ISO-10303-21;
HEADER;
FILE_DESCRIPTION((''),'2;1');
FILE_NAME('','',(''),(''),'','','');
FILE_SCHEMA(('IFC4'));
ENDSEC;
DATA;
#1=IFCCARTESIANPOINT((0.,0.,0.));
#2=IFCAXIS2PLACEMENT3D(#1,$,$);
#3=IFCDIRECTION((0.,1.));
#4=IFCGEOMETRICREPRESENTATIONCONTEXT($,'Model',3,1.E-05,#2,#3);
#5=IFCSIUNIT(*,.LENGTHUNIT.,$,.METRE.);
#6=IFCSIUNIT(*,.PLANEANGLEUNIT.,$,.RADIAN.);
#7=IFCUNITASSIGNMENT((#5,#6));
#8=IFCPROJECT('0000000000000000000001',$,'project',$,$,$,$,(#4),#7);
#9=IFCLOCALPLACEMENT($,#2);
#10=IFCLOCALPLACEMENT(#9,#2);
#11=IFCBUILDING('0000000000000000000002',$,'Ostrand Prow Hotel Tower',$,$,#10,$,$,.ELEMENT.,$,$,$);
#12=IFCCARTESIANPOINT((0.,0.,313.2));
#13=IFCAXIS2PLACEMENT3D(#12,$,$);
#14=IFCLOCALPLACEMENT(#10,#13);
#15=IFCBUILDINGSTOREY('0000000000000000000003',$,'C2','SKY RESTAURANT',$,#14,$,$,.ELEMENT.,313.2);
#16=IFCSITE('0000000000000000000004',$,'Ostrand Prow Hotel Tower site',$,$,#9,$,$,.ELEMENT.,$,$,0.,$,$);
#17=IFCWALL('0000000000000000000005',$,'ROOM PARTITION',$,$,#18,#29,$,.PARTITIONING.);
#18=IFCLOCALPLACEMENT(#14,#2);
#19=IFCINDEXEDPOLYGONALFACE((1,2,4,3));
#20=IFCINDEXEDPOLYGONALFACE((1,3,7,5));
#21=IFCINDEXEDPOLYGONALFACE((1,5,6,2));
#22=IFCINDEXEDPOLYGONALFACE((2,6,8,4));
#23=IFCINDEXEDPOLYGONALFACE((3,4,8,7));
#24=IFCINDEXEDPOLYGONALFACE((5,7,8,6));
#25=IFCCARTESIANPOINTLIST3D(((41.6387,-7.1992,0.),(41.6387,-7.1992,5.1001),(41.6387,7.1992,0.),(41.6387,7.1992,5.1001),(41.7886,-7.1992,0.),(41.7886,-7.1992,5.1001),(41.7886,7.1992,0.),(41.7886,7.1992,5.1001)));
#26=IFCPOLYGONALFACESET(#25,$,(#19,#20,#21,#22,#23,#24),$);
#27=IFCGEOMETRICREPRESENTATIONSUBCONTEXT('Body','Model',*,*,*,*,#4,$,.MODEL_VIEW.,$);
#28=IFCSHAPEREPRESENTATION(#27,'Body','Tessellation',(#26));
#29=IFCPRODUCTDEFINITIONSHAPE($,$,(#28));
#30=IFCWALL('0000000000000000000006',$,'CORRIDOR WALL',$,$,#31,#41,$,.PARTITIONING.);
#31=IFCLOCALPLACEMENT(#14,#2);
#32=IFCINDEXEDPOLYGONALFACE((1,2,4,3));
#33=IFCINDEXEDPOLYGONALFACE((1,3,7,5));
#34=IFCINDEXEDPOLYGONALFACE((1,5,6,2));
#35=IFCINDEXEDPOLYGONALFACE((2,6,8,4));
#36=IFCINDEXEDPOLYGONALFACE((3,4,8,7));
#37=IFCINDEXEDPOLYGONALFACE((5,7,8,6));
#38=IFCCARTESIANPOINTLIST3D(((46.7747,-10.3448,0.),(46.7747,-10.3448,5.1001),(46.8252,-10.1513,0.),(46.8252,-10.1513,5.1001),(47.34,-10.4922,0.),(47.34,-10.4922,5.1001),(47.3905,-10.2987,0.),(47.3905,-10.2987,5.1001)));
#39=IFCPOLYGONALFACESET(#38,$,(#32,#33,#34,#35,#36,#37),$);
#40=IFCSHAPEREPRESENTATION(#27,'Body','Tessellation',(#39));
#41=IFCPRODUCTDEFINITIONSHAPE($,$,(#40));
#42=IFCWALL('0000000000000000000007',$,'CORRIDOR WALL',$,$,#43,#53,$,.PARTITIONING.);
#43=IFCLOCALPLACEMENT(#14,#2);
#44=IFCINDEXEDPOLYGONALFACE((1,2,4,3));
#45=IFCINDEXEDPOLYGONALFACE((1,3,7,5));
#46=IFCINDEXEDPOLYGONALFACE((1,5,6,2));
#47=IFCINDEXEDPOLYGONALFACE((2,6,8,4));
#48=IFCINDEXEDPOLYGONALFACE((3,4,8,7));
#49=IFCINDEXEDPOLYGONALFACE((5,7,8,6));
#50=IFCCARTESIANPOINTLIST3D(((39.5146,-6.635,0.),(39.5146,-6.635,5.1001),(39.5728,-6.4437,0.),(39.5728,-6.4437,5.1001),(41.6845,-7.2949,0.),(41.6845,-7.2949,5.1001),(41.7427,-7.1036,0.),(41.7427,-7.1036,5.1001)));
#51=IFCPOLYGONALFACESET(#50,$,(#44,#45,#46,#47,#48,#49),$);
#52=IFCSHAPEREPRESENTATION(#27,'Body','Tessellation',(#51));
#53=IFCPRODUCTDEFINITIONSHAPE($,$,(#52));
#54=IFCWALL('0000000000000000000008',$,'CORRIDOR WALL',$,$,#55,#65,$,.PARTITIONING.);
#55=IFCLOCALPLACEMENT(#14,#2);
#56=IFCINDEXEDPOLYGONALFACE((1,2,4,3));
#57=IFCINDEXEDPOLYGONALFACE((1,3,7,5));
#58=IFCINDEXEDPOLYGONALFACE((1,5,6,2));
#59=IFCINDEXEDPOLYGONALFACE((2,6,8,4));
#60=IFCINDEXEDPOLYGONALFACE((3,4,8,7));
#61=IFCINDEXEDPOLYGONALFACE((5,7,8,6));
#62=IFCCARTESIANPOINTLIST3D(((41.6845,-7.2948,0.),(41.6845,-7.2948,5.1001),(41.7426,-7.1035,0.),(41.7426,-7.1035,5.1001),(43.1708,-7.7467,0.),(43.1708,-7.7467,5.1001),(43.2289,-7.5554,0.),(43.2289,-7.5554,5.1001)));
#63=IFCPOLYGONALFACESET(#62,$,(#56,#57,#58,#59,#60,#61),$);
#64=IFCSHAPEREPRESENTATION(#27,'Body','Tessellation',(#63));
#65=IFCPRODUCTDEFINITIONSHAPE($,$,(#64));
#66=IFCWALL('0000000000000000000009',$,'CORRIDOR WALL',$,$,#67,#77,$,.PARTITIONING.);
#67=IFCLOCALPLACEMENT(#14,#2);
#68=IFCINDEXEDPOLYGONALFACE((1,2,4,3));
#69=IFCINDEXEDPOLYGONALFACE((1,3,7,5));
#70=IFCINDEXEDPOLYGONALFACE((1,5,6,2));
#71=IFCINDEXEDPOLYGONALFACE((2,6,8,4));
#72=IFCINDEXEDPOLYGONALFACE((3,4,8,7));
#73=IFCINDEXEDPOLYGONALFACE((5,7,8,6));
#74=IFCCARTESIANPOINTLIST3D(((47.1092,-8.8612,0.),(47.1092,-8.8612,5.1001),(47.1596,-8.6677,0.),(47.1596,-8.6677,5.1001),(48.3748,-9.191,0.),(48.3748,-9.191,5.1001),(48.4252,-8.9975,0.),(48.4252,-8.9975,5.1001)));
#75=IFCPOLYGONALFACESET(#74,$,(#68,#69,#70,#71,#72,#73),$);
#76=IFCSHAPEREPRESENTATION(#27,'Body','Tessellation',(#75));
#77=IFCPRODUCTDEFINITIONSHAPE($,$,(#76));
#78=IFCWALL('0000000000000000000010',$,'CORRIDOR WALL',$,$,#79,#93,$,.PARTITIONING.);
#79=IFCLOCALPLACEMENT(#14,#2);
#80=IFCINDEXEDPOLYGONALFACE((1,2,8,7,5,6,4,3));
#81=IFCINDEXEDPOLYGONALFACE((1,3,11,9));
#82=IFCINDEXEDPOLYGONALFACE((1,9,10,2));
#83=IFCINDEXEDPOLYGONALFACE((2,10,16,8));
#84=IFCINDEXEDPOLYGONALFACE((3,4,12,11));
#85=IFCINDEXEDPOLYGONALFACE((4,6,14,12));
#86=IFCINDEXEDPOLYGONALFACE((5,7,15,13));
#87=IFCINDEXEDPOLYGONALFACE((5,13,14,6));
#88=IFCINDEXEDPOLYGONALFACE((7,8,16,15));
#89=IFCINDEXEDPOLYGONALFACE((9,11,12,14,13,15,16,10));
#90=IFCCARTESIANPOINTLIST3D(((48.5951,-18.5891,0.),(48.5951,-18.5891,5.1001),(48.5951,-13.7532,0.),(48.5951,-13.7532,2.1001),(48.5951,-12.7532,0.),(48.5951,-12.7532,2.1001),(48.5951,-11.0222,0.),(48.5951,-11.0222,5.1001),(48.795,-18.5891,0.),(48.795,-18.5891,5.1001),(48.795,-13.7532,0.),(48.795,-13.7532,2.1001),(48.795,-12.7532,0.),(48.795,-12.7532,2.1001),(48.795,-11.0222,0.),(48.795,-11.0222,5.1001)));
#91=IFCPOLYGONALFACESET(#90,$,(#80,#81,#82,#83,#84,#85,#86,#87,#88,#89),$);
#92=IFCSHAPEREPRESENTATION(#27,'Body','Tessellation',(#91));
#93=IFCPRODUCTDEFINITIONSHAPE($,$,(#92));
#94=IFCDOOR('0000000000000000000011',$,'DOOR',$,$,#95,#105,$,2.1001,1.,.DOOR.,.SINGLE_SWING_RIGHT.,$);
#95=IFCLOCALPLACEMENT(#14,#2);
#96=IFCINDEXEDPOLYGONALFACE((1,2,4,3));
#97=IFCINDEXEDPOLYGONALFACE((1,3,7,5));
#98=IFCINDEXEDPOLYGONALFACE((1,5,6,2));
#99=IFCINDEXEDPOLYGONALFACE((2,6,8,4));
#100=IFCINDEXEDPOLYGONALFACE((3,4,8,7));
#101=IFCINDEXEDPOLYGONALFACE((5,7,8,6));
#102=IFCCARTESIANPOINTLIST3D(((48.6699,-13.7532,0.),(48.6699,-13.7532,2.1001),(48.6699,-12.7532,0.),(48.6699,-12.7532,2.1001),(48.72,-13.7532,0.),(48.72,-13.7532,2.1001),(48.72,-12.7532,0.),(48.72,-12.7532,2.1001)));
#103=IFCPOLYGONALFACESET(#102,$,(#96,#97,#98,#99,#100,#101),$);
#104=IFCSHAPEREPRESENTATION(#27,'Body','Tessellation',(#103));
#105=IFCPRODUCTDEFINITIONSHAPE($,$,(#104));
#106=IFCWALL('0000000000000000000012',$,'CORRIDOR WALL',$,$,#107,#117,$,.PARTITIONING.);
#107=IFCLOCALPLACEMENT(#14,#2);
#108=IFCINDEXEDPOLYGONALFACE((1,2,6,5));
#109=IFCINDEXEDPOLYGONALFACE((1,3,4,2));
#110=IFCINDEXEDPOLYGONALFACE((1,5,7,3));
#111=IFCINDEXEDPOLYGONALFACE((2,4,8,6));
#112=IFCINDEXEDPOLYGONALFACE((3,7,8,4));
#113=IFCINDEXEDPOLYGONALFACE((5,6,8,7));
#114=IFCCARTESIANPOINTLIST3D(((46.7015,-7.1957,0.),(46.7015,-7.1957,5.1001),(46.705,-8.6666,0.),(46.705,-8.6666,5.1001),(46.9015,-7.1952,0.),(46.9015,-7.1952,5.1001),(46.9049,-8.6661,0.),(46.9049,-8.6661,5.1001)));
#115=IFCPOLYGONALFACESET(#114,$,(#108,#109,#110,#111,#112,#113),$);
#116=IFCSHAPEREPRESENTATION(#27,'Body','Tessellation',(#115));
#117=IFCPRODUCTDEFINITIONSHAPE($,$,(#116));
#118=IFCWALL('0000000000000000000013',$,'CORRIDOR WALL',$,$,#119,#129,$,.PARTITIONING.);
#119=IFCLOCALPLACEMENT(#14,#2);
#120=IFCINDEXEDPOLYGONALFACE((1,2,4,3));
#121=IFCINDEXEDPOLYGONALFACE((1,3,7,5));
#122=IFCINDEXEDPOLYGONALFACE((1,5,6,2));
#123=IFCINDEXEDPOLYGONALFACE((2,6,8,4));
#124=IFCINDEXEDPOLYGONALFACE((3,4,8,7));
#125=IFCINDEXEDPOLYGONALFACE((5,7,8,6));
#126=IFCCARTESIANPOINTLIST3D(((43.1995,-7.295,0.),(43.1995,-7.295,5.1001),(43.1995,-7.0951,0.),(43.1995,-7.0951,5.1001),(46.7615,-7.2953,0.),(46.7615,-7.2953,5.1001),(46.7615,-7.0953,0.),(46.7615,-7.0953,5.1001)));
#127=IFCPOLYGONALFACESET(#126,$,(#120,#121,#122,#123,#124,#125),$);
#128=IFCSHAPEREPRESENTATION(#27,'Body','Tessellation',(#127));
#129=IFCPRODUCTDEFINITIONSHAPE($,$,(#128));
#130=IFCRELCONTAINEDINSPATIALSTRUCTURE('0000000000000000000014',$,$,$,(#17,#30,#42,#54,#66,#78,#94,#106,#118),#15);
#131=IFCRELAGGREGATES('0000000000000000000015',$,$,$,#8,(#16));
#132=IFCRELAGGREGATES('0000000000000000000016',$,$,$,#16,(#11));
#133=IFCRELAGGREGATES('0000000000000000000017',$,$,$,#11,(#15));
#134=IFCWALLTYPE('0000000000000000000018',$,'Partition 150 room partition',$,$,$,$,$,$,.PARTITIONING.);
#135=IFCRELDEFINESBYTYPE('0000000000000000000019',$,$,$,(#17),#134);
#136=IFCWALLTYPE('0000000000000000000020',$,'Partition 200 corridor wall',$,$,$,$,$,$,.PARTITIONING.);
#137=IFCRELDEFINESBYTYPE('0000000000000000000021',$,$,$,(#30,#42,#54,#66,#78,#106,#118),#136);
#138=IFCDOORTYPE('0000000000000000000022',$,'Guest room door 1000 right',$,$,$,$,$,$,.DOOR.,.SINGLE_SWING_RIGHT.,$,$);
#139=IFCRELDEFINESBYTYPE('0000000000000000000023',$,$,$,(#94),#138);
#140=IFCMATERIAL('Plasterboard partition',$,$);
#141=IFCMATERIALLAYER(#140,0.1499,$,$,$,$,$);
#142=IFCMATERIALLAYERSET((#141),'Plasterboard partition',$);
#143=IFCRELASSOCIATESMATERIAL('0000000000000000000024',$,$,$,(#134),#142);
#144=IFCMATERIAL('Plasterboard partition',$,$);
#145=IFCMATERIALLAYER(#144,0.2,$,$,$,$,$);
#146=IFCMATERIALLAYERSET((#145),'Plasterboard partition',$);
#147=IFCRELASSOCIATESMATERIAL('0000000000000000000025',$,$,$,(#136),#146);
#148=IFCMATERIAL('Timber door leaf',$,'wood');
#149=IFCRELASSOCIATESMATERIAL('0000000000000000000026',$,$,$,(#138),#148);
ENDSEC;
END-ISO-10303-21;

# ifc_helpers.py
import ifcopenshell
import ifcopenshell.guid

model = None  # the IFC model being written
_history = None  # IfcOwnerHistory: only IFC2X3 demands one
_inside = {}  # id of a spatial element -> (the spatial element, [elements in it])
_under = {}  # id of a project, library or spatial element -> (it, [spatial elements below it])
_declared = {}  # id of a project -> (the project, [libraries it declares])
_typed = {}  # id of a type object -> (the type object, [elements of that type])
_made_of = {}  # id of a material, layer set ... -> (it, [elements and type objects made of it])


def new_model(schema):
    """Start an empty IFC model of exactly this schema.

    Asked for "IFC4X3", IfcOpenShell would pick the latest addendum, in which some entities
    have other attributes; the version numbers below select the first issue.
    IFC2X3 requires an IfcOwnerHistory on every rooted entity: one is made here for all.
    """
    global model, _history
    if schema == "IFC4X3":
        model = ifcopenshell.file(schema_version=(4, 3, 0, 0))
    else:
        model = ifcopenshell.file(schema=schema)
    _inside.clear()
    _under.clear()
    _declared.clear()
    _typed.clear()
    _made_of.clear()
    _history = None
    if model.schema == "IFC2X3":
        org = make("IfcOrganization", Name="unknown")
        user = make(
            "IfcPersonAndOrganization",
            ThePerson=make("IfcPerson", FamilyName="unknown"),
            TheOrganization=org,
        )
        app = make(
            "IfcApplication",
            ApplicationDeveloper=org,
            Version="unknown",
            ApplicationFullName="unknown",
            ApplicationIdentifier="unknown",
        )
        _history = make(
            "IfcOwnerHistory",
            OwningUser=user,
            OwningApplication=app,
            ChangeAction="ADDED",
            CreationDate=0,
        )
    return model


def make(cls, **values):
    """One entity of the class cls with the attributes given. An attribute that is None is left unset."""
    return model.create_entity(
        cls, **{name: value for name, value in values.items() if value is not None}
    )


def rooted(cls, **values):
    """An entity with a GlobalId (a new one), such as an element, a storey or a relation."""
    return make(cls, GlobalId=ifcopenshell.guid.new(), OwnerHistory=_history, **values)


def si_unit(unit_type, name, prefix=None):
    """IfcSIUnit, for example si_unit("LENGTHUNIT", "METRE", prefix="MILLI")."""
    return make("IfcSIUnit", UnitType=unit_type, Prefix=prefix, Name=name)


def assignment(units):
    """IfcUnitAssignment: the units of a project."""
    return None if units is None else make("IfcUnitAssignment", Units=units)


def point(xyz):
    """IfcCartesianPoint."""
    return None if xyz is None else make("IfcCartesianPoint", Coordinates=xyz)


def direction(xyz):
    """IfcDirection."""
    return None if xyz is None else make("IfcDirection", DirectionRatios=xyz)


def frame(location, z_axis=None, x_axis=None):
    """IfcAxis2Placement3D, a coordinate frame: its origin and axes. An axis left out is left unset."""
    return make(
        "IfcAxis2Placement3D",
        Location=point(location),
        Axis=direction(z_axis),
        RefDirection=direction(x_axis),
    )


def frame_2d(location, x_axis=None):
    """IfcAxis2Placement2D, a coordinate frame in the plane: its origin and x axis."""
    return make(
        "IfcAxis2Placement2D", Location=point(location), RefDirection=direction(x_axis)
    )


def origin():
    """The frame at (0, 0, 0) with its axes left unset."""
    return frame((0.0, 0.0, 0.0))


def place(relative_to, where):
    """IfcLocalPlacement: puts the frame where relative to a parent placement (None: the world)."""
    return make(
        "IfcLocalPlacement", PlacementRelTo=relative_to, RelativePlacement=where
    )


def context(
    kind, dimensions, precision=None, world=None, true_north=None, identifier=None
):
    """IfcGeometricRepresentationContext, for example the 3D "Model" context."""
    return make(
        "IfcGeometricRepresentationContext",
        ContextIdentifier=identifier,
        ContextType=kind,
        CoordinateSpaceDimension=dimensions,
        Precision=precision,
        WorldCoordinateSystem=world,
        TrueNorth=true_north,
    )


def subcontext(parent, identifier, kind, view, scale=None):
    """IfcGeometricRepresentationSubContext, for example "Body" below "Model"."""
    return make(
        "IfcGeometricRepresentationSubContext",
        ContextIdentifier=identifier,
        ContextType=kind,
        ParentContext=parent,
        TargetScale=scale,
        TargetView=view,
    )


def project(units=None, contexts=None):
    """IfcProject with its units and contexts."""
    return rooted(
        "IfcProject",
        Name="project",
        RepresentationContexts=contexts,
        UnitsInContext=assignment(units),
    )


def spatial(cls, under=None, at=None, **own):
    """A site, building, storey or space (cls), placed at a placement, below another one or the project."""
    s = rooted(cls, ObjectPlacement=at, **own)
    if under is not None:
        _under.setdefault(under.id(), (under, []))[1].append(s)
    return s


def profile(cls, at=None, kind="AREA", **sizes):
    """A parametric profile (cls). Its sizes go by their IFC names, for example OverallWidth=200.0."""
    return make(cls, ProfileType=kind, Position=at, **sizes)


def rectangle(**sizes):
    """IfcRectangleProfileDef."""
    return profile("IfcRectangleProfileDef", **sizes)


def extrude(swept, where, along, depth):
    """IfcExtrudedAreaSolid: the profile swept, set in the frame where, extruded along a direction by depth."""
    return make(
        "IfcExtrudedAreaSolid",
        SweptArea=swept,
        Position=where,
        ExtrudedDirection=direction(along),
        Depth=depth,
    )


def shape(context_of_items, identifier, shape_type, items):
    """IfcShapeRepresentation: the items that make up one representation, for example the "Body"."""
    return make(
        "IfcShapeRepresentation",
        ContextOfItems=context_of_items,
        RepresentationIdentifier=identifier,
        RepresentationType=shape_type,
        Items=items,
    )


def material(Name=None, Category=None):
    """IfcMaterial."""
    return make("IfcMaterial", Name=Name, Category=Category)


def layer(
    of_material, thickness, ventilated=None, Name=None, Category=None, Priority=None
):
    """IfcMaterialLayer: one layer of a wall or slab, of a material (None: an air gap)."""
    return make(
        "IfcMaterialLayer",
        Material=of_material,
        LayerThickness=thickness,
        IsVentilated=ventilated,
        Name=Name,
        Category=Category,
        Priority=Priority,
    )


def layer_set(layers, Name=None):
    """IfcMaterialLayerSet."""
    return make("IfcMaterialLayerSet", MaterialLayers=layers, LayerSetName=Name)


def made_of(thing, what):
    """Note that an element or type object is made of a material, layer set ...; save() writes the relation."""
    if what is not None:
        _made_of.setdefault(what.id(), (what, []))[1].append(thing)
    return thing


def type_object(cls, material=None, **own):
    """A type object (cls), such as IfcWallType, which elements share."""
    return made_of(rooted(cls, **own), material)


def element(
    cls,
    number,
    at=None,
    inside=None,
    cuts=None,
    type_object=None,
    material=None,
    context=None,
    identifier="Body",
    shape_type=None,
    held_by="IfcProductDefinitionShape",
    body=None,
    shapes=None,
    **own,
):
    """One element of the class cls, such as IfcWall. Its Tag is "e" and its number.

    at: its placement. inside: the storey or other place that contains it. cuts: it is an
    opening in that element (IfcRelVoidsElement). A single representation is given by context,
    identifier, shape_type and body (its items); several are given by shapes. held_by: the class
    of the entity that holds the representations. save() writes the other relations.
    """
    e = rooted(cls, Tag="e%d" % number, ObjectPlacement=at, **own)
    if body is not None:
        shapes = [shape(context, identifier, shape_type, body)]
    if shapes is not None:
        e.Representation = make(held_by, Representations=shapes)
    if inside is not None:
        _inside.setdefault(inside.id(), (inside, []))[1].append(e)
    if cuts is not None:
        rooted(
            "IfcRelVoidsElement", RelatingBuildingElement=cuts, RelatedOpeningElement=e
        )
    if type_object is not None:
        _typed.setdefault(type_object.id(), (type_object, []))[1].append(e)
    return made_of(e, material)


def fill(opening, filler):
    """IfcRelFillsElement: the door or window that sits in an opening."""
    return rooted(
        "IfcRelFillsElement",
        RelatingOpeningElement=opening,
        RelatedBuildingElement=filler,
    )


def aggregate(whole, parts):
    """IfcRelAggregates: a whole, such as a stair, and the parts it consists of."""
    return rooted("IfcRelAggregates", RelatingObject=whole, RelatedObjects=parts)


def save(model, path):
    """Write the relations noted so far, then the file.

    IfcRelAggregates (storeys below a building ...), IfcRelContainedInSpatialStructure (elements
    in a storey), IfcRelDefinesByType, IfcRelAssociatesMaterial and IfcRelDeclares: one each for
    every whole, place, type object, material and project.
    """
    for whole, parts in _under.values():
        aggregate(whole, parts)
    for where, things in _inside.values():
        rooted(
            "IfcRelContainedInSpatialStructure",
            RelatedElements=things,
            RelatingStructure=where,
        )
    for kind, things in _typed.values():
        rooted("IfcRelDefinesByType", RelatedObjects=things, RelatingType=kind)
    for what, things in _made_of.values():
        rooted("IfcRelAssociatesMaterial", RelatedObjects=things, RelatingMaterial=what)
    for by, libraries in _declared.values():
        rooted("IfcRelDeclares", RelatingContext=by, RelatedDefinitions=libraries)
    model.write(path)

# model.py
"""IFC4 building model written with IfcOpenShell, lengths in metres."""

from ifc_helpers import new_model, si_unit, direction, frame, frame_2d, origin, place, context, subcontext, project, spatial, rectangle, extrude, material, layer, layer_set, type_object, element, fill, save


model = new_model("IFC4")

# Units and contexts
model_context = context("Model", 3, precision=1e-05, world=origin(), true_north=direction((0.0, 1.0)))
body_context = subcontext(model_context, "Body", "Model", "MODEL_VIEW")
ifc_project = project(units=[si_unit("LENGTHUNIT", "METRE"), si_unit("PLANEANGLEUNIT", "RADIAN")], contexts=[model_context])

# Site, building, storey
site_placement = place(None, origin())
site = spatial("IfcSite", under=ifc_project, at=site_placement, Name="Ostrand Prow Hotel Tower site", CompositionType="ELEMENT", RefElevation=0.0)
building_placement = place(site_placement, origin())
building = spatial("IfcBuilding", under=site, at=building_placement, Name="Ostrand Prow Hotel Tower", CompositionType="ELEMENT")
storey_placement = place(building_placement, frame((0.0, 0.0, 313.2)))
storey = spatial("IfcBuildingStorey", under=building, at=storey_placement, Name="C2", Description="SKY RESTAURANT", CompositionType="ELEMENT", Elevation=313.2)

# Walls
ifc_material_1 = material(Name="Plasterboard partition")
ifc_layer_1 = layer(ifc_material_1, 0.1499)
ifc_layer_set_1 = layer_set([ifc_layer_1], Name="Plasterboard partition")
wall_type_1 = type_object("IfcWallType", Name="Partition 150 room partition", PredefinedType="PARTITIONING", material=ifc_layer_set_1)
wall_1_placement = place(storey_placement, frame((41.7136, -7.1992, 0.0), z_axis=(0.0, 0.0, 1.0), x_axis=(0.0, 1.0, 0.0)))
element("IfcWall", 1, at=wall_1_placement, inside=storey, type_object=wall_type_1, Name="ROOM PARTITION", PredefinedType="PARTITIONING", context=body_context, shape_type="SweptSolid", body=[
    extrude(rectangle(XDim=14.3984, YDim=0.1499, at=frame_2d((7.1992, 0.0))), origin(), (0.0, 0.0, 1.0), 5.1001),
])
ifc_material_2 = material(Name="Plasterboard partition")
ifc_layer_2 = layer(ifc_material_2, 0.2)
ifc_layer_set_2 = layer_set([ifc_layer_2], Name="Plasterboard partition")
wall_type_2 = type_object("IfcWallType", Name="Partition 200 corridor wall", PredefinedType="PARTITIONING", material=ifc_layer_set_2)
wall_2_placement = place(storey_placement, frame((46.8, -10.248, 0.0), z_axis=(0.0, 0.0, 1.0), x_axis=(0.967635, -0.252354, 0.0)))
element("IfcWall", 2, at=wall_2_placement, inside=storey, type_object=wall_type_2, Name="CORRIDOR WALL", PredefinedType="PARTITIONING", context=body_context, shape_type="SweptSolid", body=[
    extrude(rectangle(XDim=0.5842, YDim=0.2, at=frame_2d((0.292, 0.0))), origin(), (0.0, 0.0, 1.0), 5.1001),
])
wall_3_placement = place(storey_placement, frame((41.7136, -7.1992, 0.0), z_axis=(0.0, 0.0, 1.0), x_axis=(-0.956735, 0.29096, 0.0)))
element("IfcWall", 3, at=wall_3_placement, inside=storey, type_object=wall_type_2, Name="CORRIDOR WALL", PredefinedType="PARTITIONING", context=body_context, shape_type="SweptSolid", body=[
    extrude(rectangle(XDim=2.2681, YDim=0.2, at=frame_2d((1.134, 0.0))), origin(), (0.0, 0.0, 1.0), 5.1001),
])
wall_4_placement = place(storey_placement, frame((43.2, -7.6511, 0.0), z_axis=(0.0, 0.0, 1.0), x_axis=(-0.956756, 0.290893, 0.0)))
element("IfcWall", 4, at=wall_4_placement, inside=storey, type_object=wall_type_2, Name="CORRIDOR WALL", PredefinedType="PARTITIONING", context=body_context, shape_type="SweptSolid", body=[
    extrude(rectangle(XDim=1.5535, YDim=0.2, at=frame_2d((0.7769, 0.0))), origin(), (0.0, 0.0, 1.0), 5.1001),
])
wall_5_placement = place(storey_placement, frame((48.3999, -9.0942, 0.0), z_axis=(0.0, 0.0, 1.0), x_axis=(-0.967679, 0.252186, 0.0)))
element("IfcWall", 5, at=wall_5_placement, inside=storey, type_object=wall_type_2, Name="CORRIDOR WALL", PredefinedType="PARTITIONING", context=body_context, shape_type="SweptSolid", body=[
    extrude(rectangle(XDim=1.3079, YDim=0.2, at=frame_2d((0.6538, 0.0))), origin(), (0.0, 0.0, 1.0), 5.1001),
])

# Wall, opening, door
wall_6_placement = place(storey_placement, frame((48.6951, -11.0222, 0.0), z_axis=(0.0, 0.0, 1.0), x_axis=(0.0, -1.0, 0.0)))
wall_6 = element("IfcWall", 6, at=wall_6_placement, inside=storey, type_object=wall_type_2, Name="CORRIDOR WALL", PredefinedType="PARTITIONING", context=body_context, shape_type="SweptSolid", body=[
    extrude(rectangle(XDim=7.5669, YDim=0.2, at=frame_2d((3.7834, 0.0))), origin(), (0.0, 0.0, 1.0), 5.1001),
])
opening_1_placement = place(wall_6_placement, frame((1.731, 0.0, 0.0)))
opening_1 = element("IfcOpeningElement", 7, at=opening_1_placement, cuts=wall_6, PredefinedType="OPENING", context=body_context, shape_type="SweptSolid", body=[
    extrude(rectangle(XDim=1.0, YDim=2.1001, at=frame_2d((0.5, 1.05))), frame((0.0, 0.1099, 0.0), z_axis=(0.0, -1.0, 0.0), x_axis=(1.0, 0.0, 0.0)), (0.0, 0.0, 1.0), 0.22),
])
ifc_material_3 = material(Name="Timber door leaf", Category="wood")
door_type_1 = type_object("IfcDoorType", Name="Guest room door 1000 right", OperationType="SINGLE_SWING_RIGHT", PredefinedType="DOOR", material=ifc_material_3)
door_1_placement = place(opening_1_placement, origin())
door_1 = element("IfcDoor", 8, at=door_1_placement, inside=storey, type_object=door_type_1, Name="DOOR", OperationType="SINGLE_SWING_RIGHT", OverallHeight=2.1001, OverallWidth=1.0, PredefinedType="DOOR", context=body_context, shape_type="SweptSolid", body=[
    extrude(rectangle(XDim=1.0, YDim=2.1001, at=frame_2d((0.5, 1.05))), frame((0.0, 0.0249, 0.0), z_axis=(0.0, -1.0, 0.0), x_axis=(1.0, 0.0, 0.0)), (0.0, 0.0, 1.0), 0.05),
])
fill(opening_1, door_1)

# Walls
wall_7_placement = place(storey_placement, frame((46.8049, -8.6663, 0.0), z_axis=(0.0, 0.0, 1.0), x_axis=(-0.002324, 0.999997, 0.0)))
element("IfcWall", 9, at=wall_7_placement, inside=storey, type_object=wall_type_2, Name="CORRIDOR WALL", PredefinedType="PARTITIONING", context=body_context, shape_type="SweptSolid", body=[
    extrude(rectangle(XDim=1.4709, YDim=0.2, at=frame_2d((0.7354, 0.0))), origin(), (0.0, 0.0, 1.0), 5.1001),
])
wall_8_placement = place(storey_placement, frame((46.7615, -7.1953, 0.0), z_axis=(0.0, 0.0, 1.0), x_axis=(-1.0, 0.000069, 0.0)))
element("IfcWall", 10, at=wall_8_placement, inside=storey, type_object=wall_type_2, Name="CORRIDOR WALL", PredefinedType="PARTITIONING", context=body_context, shape_type="SweptSolid", body=[
    extrude(rectangle(XDim=3.562, YDim=0.2, at=frame_2d((1.781, 0.0))), origin(), (0.0, 0.0, 1.0), 5.1001),
])

save(model, "model.ifc")
